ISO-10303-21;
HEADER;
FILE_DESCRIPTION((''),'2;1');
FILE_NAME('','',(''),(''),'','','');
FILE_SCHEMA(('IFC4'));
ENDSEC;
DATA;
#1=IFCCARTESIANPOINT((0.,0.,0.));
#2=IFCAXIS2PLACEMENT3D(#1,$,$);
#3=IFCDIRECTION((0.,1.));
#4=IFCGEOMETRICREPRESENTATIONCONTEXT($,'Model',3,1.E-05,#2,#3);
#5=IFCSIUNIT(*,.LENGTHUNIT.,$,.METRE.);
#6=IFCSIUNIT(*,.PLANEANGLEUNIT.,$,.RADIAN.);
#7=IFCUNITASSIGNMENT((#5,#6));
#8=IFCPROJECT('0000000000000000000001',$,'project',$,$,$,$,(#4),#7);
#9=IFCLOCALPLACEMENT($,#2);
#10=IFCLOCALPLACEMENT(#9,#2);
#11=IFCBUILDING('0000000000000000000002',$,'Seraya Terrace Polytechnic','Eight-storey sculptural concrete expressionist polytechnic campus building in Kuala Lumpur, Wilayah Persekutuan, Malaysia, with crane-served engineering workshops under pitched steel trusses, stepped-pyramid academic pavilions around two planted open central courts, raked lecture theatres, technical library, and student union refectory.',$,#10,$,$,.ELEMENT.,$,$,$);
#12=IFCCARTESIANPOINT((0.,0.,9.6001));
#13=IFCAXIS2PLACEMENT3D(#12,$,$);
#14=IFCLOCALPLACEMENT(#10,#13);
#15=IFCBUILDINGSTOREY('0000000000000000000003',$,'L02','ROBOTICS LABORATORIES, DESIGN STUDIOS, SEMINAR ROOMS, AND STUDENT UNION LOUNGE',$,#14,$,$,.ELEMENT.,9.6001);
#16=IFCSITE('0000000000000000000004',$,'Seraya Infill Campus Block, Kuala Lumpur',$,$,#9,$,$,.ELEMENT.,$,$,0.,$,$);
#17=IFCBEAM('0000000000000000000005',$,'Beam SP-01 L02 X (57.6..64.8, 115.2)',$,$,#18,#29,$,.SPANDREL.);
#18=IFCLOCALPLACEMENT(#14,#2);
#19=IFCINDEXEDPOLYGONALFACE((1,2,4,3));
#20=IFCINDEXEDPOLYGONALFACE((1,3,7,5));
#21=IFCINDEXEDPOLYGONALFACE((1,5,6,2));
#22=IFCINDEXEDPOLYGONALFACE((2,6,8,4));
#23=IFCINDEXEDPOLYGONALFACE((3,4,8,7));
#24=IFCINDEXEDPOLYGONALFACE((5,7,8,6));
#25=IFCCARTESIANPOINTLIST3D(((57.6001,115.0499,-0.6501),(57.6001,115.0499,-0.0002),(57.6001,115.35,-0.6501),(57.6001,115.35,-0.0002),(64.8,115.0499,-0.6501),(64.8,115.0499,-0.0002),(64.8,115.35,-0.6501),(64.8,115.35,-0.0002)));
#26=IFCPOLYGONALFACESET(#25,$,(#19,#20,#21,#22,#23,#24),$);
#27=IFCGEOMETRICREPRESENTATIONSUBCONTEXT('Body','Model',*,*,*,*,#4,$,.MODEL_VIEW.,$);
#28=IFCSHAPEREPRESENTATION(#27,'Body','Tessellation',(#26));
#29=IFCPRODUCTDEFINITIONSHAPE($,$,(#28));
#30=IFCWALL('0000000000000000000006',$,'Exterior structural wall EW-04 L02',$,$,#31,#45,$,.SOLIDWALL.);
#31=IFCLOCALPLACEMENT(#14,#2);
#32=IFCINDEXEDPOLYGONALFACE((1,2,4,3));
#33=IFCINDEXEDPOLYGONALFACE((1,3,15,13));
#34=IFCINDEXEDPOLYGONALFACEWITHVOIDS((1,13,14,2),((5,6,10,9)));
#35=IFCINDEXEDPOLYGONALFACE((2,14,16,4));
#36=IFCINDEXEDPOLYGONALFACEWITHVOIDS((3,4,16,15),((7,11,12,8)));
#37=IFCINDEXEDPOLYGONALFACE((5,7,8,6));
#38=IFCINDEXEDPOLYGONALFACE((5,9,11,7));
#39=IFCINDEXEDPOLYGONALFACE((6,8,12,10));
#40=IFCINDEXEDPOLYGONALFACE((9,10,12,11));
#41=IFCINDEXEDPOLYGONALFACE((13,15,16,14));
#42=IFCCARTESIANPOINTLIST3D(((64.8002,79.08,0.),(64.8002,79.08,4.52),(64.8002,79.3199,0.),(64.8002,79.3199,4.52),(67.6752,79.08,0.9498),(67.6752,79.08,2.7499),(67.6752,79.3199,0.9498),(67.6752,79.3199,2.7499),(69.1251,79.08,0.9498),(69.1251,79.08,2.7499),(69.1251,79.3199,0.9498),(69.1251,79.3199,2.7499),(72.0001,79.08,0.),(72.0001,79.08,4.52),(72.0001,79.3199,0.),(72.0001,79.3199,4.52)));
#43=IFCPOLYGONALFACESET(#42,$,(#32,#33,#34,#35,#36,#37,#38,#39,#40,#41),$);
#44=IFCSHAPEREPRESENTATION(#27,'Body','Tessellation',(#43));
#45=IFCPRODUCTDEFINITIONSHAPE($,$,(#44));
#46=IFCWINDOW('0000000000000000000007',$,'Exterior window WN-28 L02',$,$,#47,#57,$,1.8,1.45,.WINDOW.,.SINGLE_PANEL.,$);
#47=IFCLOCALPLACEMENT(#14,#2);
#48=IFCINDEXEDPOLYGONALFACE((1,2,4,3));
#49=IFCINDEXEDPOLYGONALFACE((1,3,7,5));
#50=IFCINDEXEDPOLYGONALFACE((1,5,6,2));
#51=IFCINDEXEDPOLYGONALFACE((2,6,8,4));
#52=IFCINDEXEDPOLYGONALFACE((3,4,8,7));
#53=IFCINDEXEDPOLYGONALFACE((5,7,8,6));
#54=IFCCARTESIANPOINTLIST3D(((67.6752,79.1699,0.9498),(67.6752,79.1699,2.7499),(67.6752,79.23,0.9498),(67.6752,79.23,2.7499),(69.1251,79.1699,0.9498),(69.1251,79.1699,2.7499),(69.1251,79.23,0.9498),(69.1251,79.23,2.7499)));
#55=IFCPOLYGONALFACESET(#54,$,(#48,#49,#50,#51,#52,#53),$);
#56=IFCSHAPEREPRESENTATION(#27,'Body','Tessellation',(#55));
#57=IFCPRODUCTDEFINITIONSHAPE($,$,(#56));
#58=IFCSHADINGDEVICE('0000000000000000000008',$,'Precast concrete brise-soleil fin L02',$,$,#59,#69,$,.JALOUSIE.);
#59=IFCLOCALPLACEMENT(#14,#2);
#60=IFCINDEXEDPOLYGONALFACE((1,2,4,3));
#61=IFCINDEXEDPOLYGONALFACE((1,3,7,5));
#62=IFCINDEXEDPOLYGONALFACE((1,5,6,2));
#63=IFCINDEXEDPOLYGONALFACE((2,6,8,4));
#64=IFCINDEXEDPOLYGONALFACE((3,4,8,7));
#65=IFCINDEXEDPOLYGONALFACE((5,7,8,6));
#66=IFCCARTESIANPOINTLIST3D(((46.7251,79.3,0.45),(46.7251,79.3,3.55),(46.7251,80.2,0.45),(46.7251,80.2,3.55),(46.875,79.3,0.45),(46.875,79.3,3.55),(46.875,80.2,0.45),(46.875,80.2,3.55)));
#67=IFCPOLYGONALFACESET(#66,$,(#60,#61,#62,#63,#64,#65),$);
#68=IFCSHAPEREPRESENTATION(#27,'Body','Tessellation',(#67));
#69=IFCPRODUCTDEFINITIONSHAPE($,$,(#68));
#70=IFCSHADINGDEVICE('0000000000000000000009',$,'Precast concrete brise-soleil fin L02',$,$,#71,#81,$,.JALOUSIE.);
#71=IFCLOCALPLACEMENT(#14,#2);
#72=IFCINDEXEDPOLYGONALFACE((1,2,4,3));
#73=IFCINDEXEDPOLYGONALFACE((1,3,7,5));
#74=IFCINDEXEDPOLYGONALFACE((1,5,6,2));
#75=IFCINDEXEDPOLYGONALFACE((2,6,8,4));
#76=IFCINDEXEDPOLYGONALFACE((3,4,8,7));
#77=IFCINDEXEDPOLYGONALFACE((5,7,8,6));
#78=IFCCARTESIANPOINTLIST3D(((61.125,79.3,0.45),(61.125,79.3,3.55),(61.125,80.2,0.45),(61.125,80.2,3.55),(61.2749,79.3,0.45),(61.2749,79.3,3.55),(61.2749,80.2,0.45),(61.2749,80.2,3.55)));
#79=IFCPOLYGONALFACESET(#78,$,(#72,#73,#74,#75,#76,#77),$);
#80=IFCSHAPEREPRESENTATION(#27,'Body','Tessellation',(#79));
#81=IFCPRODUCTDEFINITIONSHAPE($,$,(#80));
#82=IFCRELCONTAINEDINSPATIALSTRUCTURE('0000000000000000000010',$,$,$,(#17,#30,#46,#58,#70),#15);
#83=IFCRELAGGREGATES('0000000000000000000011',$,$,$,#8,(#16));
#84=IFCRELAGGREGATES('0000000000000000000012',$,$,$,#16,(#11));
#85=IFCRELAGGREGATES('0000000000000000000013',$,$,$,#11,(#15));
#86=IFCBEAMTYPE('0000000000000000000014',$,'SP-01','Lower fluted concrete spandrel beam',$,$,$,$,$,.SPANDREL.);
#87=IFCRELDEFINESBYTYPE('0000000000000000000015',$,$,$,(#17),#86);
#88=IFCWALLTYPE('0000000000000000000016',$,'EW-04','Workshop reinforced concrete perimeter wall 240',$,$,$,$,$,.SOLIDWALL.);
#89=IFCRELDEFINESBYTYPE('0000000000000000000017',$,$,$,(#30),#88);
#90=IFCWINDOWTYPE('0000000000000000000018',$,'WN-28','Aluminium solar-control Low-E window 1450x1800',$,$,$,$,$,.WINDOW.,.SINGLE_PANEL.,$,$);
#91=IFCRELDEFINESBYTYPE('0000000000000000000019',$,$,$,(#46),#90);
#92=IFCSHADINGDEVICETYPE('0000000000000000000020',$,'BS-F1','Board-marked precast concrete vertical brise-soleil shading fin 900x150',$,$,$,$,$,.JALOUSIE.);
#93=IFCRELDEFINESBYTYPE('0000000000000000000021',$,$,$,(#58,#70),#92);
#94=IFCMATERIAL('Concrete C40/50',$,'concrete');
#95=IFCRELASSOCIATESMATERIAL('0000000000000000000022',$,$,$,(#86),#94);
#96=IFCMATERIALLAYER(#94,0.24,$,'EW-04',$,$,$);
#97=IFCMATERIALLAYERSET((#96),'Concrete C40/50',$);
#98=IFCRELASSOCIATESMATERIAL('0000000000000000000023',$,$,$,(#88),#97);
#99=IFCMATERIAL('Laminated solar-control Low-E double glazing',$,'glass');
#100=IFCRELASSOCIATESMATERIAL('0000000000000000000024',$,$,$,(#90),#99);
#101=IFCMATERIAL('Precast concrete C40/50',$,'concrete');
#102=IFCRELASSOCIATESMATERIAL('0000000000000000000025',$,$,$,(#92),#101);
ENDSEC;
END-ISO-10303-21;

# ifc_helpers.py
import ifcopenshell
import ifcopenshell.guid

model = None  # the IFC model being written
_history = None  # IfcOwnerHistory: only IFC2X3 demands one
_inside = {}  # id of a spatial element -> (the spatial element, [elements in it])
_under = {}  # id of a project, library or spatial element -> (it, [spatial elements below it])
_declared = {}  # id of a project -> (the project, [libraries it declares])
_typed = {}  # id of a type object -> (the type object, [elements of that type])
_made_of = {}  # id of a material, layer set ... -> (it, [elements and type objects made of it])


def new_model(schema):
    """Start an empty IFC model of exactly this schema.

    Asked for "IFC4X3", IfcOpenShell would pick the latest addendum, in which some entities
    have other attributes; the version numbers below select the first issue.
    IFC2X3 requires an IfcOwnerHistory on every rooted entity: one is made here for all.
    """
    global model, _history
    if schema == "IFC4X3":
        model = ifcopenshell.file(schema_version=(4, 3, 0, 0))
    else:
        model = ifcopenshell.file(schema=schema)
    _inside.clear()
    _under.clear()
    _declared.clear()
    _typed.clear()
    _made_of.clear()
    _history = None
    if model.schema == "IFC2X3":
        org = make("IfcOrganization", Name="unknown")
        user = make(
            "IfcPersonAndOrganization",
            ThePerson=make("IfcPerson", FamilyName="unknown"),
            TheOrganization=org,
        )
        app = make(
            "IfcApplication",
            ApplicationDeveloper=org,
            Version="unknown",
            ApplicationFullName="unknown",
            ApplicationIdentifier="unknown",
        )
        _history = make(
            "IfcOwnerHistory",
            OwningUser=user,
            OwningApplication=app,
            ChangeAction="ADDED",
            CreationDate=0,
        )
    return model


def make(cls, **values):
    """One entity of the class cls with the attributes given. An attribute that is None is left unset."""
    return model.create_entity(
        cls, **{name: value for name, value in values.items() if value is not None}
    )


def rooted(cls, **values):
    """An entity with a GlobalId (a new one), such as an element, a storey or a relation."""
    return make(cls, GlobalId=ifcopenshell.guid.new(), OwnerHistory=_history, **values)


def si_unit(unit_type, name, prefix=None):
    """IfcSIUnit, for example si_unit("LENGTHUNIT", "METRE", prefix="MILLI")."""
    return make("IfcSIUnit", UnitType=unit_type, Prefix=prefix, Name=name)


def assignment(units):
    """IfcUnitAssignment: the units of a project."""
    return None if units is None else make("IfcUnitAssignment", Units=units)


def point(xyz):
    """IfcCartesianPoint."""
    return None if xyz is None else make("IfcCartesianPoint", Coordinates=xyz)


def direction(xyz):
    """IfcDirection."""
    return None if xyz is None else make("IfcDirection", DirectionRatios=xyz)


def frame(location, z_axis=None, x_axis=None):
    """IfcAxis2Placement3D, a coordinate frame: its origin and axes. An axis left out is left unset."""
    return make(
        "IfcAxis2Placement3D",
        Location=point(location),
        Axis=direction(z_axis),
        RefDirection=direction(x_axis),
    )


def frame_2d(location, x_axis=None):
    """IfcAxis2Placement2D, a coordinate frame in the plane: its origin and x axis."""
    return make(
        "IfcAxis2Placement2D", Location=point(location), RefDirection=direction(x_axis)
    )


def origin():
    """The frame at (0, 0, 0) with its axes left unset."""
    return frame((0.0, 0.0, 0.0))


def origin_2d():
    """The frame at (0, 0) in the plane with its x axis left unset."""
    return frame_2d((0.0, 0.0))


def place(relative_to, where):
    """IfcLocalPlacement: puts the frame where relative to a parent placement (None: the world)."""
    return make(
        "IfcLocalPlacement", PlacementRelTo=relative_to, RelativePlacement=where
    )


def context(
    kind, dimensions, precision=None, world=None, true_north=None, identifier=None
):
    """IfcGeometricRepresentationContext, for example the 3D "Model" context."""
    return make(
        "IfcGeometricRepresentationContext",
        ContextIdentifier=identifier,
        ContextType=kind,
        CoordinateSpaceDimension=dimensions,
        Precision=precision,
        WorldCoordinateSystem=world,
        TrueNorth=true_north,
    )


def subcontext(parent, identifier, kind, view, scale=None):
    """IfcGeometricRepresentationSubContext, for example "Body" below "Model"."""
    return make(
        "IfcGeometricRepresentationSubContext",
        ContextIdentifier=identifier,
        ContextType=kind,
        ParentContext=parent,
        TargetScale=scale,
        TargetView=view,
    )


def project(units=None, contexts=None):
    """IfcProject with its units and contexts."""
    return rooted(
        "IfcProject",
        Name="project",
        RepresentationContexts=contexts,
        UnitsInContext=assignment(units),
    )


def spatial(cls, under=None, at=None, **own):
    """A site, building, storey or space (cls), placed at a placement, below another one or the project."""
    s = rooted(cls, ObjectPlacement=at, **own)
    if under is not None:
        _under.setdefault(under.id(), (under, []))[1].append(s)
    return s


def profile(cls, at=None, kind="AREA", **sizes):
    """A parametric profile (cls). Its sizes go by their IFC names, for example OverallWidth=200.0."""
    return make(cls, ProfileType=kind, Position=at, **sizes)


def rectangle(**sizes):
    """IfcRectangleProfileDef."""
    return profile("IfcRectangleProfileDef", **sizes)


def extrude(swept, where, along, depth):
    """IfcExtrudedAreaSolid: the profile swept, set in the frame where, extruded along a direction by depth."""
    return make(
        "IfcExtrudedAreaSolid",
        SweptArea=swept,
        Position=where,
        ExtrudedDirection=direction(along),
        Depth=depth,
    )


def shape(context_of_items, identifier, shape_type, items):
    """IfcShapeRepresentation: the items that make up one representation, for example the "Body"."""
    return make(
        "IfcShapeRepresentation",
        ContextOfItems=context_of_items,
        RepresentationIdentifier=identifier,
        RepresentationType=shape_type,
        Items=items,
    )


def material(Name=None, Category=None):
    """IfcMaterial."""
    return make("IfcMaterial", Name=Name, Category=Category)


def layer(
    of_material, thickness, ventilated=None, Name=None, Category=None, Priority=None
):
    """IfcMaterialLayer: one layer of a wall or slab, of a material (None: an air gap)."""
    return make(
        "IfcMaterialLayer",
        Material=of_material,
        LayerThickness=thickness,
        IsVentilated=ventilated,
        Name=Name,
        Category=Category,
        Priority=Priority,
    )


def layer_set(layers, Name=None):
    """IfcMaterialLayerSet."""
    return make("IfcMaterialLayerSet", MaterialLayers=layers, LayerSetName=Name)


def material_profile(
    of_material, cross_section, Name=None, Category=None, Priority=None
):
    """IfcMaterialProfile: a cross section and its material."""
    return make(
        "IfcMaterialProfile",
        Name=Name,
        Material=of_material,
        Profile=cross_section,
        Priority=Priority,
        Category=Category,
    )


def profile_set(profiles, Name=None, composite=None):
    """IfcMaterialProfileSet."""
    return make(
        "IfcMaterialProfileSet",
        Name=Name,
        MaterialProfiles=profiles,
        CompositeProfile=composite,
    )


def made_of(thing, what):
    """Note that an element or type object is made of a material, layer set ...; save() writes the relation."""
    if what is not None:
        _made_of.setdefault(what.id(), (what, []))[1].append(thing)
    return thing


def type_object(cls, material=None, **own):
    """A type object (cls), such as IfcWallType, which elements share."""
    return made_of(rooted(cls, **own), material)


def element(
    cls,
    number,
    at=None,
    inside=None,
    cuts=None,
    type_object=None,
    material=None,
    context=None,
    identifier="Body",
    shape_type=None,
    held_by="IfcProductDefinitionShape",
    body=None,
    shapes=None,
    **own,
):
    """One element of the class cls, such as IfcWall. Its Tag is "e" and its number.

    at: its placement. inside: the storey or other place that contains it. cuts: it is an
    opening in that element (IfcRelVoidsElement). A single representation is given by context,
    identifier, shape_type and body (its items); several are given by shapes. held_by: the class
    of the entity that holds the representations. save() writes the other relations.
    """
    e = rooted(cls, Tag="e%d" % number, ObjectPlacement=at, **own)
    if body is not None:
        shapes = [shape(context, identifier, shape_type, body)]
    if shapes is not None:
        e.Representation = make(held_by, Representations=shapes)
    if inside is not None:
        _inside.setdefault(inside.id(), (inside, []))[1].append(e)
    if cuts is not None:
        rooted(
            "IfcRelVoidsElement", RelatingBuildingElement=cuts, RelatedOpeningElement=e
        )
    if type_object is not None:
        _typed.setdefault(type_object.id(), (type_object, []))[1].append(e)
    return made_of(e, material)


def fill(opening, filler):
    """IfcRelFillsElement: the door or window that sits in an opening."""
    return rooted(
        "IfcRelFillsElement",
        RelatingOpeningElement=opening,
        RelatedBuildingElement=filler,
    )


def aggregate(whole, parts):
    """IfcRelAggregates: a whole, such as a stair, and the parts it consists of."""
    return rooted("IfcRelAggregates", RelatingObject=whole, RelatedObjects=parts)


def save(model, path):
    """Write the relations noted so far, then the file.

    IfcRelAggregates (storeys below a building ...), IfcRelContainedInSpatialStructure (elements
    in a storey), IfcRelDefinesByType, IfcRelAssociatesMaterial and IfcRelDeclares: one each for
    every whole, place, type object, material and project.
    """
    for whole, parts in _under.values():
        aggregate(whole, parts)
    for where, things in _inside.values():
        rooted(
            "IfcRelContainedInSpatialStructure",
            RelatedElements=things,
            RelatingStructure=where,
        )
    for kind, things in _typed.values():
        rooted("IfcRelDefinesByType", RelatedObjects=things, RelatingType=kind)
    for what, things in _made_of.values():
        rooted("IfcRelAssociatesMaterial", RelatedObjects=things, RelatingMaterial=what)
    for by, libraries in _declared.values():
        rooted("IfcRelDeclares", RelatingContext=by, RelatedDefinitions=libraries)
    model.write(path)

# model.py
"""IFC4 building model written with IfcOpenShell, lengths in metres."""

from ifc_helpers import new_model, si_unit, direction, frame, frame_2d, origin, origin_2d, place, context, subcontext, project, spatial, rectangle, extrude, material, layer, layer_set, material_profile, profile_set, type_object, element, fill, save


model = new_model("IFC4")

# Units and contexts
model_context = context("Model", 3, precision=1e-05, world=origin(), true_north=direction((0.0, 1.0)))
body_context = subcontext(model_context, "Body", "Model", "MODEL_VIEW")
ifc_project = project(units=[si_unit("LENGTHUNIT", "METRE"), si_unit("PLANEANGLEUNIT", "RADIAN")], contexts=[model_context])

# Site, building, storey
site_placement = place(None, origin())
site = spatial("IfcSite", under=ifc_project, at=site_placement, Name="Seraya Infill Campus Block, Kuala Lumpur", CompositionType="ELEMENT", RefElevation=0.0)
building_placement = place(site_placement, origin())
building = spatial("IfcBuilding", under=site, at=building_placement, Name="Seraya Terrace Polytechnic", Description="Eight-storey sculptural concrete expressionist polytechnic campus building in Kuala Lumpur, Wilayah Persekutuan, Malaysia, with crane-served engineering workshops under pitched steel trusses, stepped-pyramid academic pavilions around two planted open central courts, raked lecture theatres, technical library, and student union refectory.", CompositionType="ELEMENT")
storey_placement = place(building_placement, frame((0.0, 0.0, 9.6001)))
storey = spatial("IfcBuildingStorey", under=building, at=storey_placement, Name="L02", Description="ROBOTICS LABORATORIES, DESIGN STUDIOS, SEMINAR ROOMS, AND STUDENT UNION LOUNGE", CompositionType="ELEMENT", Elevation=9.6001)

# Shared definitions
ifc_material_1 = material(Name="Concrete C40/50", Category="concrete")

# Beam
ifc_material_profile_1 = material_profile(ifc_material_1, rectangle(XDim=0.3, YDim=0.6499, at=origin_2d()), Name="RC 300x650")
ifc_profile_set_1 = profile_set([ifc_material_profile_1], Name="Concrete C40/50")
beam_type_1 = type_object("IfcBeamType", Name="SP-01", Description="Lower fluted concrete spandrel beam", PredefinedType="SPANDREL", material=ifc_profile_set_1)
beam_1_placement = place(storey_placement, frame((57.6001, 115.2, -0.3252), z_axis=(1.0, 0.0, 0.0), x_axis=(0.0, 1.0, 0.0)))
element("IfcBeam", 1, at=beam_1_placement, inside=storey, type_object=beam_type_1, Name="Beam SP-01 L02 X (57.6..64.8, 115.2)", PredefinedType="SPANDREL", context=body_context, shape_type="SweptSolid", body=[
    extrude(rectangle(XDim=0.3, YDim=0.6499, at=origin_2d()), origin(), (0.0, 0.0, 1.0), 7.2),
])

# Wall, opening, window
ifc_layer = layer(ifc_material_1, 0.24, Name="EW-04")
ifc_layer_set = layer_set([ifc_layer], Name="Concrete C40/50")
wall_type = type_object("IfcWallType", Name="EW-04", Description="Workshop reinforced concrete perimeter wall 240", PredefinedType="SOLIDWALL", material=ifc_layer_set)
wall_placement = place(storey_placement, frame((64.8, 79.2, 0.0), z_axis=(0.0, 0.0, 1.0), x_axis=(1.0, 0.0, 0.0)))
wall = element("IfcWall", 2, at=wall_placement, inside=storey, type_object=wall_type, Name="Exterior structural wall EW-04 L02", PredefinedType="SOLIDWALL", context=body_context, shape_type="SweptSolid", body=[
    extrude(rectangle(XDim=7.2, YDim=0.24, at=frame_2d((3.6001, 0.0))), origin(), (0.0, 0.0, 1.0), 4.52),
])
opening_placement = place(wall_placement, frame((2.875, 0.0, 0.95)))
opening = element("IfcOpeningElement", 3, at=opening_placement, cuts=wall, PredefinedType="OPENING", context=body_context, shape_type="SweptSolid", body=[
    extrude(rectangle(XDim=1.45, YDim=1.8, at=frame_2d((0.7251, 0.8999))), frame((0.0, 0.1318, 0.0), z_axis=(0.0, -1.0, 0.0), x_axis=(1.0, 0.0, 0.0)), (0.0, 0.0, 1.0), 0.2639),
])
ifc_material_2 = material(Name="Laminated solar-control Low-E double glazing", Category="glass")
window_type = type_object("IfcWindowType", Name="WN-28", Description="Aluminium solar-control Low-E window 1450x1800", PartitioningType="SINGLE_PANEL", PredefinedType="WINDOW", material=ifc_material_2)
window_placement = place(opening_placement, origin())
window = element("IfcWindow", 4, at=window_placement, inside=storey, type_object=window_type, Name="Exterior window WN-28 L02", OverallHeight=1.8, OverallWidth=1.45, PartitioningType="SINGLE_PANEL", PredefinedType="WINDOW", context=body_context, shape_type="SweptSolid", body=[
    extrude(rectangle(XDim=1.45, YDim=1.8, at=frame_2d((0.7251, 0.8999))), frame((0.0, 0.03, 0.0), z_axis=(0.0, -1.0, 0.0), x_axis=(1.0, 0.0, 0.0)), (0.0, 0.0, 1.0), 0.0601),
])
fill(opening, window)

# Shading devices
ifc_material_3 = material(Name="Precast concrete C40/50", Category="concrete")
shading_device_type = type_object("IfcShadingDeviceType", Name="BS-F1", Description="Board-marked precast concrete vertical brise-soleil shading fin 900x150", PredefinedType="JALOUSIE", material=ifc_material_3)
for number, where, z_axis, x_axis, name in (
    (5, (46.8, 79.75, 0.45), (0.0, 0.0, 1.0), (0.0, 1.0, 0.0), "Precast concrete brise-soleil fin L02"),
    (6, (61.2, 79.75, 0.45), (0.0, 0.0, 1.0), (0.0, 1.0, 0.0), "Precast concrete brise-soleil fin L02"),
):
    element("IfcShadingDevice", number, at=place(storey_placement, frame(where, z_axis=z_axis, x_axis=x_axis)), inside=storey, type_object=shading_device_type, Name=name, PredefinedType="JALOUSIE", context=body_context, shape_type="SweptSolid", body=[
        extrude(rectangle(XDim=0.8999, YDim=0.1499, at=origin_2d()), origin(), (0.0, 0.0, 1.0), 3.1001),
    ])

save(model, "model.ifc")
